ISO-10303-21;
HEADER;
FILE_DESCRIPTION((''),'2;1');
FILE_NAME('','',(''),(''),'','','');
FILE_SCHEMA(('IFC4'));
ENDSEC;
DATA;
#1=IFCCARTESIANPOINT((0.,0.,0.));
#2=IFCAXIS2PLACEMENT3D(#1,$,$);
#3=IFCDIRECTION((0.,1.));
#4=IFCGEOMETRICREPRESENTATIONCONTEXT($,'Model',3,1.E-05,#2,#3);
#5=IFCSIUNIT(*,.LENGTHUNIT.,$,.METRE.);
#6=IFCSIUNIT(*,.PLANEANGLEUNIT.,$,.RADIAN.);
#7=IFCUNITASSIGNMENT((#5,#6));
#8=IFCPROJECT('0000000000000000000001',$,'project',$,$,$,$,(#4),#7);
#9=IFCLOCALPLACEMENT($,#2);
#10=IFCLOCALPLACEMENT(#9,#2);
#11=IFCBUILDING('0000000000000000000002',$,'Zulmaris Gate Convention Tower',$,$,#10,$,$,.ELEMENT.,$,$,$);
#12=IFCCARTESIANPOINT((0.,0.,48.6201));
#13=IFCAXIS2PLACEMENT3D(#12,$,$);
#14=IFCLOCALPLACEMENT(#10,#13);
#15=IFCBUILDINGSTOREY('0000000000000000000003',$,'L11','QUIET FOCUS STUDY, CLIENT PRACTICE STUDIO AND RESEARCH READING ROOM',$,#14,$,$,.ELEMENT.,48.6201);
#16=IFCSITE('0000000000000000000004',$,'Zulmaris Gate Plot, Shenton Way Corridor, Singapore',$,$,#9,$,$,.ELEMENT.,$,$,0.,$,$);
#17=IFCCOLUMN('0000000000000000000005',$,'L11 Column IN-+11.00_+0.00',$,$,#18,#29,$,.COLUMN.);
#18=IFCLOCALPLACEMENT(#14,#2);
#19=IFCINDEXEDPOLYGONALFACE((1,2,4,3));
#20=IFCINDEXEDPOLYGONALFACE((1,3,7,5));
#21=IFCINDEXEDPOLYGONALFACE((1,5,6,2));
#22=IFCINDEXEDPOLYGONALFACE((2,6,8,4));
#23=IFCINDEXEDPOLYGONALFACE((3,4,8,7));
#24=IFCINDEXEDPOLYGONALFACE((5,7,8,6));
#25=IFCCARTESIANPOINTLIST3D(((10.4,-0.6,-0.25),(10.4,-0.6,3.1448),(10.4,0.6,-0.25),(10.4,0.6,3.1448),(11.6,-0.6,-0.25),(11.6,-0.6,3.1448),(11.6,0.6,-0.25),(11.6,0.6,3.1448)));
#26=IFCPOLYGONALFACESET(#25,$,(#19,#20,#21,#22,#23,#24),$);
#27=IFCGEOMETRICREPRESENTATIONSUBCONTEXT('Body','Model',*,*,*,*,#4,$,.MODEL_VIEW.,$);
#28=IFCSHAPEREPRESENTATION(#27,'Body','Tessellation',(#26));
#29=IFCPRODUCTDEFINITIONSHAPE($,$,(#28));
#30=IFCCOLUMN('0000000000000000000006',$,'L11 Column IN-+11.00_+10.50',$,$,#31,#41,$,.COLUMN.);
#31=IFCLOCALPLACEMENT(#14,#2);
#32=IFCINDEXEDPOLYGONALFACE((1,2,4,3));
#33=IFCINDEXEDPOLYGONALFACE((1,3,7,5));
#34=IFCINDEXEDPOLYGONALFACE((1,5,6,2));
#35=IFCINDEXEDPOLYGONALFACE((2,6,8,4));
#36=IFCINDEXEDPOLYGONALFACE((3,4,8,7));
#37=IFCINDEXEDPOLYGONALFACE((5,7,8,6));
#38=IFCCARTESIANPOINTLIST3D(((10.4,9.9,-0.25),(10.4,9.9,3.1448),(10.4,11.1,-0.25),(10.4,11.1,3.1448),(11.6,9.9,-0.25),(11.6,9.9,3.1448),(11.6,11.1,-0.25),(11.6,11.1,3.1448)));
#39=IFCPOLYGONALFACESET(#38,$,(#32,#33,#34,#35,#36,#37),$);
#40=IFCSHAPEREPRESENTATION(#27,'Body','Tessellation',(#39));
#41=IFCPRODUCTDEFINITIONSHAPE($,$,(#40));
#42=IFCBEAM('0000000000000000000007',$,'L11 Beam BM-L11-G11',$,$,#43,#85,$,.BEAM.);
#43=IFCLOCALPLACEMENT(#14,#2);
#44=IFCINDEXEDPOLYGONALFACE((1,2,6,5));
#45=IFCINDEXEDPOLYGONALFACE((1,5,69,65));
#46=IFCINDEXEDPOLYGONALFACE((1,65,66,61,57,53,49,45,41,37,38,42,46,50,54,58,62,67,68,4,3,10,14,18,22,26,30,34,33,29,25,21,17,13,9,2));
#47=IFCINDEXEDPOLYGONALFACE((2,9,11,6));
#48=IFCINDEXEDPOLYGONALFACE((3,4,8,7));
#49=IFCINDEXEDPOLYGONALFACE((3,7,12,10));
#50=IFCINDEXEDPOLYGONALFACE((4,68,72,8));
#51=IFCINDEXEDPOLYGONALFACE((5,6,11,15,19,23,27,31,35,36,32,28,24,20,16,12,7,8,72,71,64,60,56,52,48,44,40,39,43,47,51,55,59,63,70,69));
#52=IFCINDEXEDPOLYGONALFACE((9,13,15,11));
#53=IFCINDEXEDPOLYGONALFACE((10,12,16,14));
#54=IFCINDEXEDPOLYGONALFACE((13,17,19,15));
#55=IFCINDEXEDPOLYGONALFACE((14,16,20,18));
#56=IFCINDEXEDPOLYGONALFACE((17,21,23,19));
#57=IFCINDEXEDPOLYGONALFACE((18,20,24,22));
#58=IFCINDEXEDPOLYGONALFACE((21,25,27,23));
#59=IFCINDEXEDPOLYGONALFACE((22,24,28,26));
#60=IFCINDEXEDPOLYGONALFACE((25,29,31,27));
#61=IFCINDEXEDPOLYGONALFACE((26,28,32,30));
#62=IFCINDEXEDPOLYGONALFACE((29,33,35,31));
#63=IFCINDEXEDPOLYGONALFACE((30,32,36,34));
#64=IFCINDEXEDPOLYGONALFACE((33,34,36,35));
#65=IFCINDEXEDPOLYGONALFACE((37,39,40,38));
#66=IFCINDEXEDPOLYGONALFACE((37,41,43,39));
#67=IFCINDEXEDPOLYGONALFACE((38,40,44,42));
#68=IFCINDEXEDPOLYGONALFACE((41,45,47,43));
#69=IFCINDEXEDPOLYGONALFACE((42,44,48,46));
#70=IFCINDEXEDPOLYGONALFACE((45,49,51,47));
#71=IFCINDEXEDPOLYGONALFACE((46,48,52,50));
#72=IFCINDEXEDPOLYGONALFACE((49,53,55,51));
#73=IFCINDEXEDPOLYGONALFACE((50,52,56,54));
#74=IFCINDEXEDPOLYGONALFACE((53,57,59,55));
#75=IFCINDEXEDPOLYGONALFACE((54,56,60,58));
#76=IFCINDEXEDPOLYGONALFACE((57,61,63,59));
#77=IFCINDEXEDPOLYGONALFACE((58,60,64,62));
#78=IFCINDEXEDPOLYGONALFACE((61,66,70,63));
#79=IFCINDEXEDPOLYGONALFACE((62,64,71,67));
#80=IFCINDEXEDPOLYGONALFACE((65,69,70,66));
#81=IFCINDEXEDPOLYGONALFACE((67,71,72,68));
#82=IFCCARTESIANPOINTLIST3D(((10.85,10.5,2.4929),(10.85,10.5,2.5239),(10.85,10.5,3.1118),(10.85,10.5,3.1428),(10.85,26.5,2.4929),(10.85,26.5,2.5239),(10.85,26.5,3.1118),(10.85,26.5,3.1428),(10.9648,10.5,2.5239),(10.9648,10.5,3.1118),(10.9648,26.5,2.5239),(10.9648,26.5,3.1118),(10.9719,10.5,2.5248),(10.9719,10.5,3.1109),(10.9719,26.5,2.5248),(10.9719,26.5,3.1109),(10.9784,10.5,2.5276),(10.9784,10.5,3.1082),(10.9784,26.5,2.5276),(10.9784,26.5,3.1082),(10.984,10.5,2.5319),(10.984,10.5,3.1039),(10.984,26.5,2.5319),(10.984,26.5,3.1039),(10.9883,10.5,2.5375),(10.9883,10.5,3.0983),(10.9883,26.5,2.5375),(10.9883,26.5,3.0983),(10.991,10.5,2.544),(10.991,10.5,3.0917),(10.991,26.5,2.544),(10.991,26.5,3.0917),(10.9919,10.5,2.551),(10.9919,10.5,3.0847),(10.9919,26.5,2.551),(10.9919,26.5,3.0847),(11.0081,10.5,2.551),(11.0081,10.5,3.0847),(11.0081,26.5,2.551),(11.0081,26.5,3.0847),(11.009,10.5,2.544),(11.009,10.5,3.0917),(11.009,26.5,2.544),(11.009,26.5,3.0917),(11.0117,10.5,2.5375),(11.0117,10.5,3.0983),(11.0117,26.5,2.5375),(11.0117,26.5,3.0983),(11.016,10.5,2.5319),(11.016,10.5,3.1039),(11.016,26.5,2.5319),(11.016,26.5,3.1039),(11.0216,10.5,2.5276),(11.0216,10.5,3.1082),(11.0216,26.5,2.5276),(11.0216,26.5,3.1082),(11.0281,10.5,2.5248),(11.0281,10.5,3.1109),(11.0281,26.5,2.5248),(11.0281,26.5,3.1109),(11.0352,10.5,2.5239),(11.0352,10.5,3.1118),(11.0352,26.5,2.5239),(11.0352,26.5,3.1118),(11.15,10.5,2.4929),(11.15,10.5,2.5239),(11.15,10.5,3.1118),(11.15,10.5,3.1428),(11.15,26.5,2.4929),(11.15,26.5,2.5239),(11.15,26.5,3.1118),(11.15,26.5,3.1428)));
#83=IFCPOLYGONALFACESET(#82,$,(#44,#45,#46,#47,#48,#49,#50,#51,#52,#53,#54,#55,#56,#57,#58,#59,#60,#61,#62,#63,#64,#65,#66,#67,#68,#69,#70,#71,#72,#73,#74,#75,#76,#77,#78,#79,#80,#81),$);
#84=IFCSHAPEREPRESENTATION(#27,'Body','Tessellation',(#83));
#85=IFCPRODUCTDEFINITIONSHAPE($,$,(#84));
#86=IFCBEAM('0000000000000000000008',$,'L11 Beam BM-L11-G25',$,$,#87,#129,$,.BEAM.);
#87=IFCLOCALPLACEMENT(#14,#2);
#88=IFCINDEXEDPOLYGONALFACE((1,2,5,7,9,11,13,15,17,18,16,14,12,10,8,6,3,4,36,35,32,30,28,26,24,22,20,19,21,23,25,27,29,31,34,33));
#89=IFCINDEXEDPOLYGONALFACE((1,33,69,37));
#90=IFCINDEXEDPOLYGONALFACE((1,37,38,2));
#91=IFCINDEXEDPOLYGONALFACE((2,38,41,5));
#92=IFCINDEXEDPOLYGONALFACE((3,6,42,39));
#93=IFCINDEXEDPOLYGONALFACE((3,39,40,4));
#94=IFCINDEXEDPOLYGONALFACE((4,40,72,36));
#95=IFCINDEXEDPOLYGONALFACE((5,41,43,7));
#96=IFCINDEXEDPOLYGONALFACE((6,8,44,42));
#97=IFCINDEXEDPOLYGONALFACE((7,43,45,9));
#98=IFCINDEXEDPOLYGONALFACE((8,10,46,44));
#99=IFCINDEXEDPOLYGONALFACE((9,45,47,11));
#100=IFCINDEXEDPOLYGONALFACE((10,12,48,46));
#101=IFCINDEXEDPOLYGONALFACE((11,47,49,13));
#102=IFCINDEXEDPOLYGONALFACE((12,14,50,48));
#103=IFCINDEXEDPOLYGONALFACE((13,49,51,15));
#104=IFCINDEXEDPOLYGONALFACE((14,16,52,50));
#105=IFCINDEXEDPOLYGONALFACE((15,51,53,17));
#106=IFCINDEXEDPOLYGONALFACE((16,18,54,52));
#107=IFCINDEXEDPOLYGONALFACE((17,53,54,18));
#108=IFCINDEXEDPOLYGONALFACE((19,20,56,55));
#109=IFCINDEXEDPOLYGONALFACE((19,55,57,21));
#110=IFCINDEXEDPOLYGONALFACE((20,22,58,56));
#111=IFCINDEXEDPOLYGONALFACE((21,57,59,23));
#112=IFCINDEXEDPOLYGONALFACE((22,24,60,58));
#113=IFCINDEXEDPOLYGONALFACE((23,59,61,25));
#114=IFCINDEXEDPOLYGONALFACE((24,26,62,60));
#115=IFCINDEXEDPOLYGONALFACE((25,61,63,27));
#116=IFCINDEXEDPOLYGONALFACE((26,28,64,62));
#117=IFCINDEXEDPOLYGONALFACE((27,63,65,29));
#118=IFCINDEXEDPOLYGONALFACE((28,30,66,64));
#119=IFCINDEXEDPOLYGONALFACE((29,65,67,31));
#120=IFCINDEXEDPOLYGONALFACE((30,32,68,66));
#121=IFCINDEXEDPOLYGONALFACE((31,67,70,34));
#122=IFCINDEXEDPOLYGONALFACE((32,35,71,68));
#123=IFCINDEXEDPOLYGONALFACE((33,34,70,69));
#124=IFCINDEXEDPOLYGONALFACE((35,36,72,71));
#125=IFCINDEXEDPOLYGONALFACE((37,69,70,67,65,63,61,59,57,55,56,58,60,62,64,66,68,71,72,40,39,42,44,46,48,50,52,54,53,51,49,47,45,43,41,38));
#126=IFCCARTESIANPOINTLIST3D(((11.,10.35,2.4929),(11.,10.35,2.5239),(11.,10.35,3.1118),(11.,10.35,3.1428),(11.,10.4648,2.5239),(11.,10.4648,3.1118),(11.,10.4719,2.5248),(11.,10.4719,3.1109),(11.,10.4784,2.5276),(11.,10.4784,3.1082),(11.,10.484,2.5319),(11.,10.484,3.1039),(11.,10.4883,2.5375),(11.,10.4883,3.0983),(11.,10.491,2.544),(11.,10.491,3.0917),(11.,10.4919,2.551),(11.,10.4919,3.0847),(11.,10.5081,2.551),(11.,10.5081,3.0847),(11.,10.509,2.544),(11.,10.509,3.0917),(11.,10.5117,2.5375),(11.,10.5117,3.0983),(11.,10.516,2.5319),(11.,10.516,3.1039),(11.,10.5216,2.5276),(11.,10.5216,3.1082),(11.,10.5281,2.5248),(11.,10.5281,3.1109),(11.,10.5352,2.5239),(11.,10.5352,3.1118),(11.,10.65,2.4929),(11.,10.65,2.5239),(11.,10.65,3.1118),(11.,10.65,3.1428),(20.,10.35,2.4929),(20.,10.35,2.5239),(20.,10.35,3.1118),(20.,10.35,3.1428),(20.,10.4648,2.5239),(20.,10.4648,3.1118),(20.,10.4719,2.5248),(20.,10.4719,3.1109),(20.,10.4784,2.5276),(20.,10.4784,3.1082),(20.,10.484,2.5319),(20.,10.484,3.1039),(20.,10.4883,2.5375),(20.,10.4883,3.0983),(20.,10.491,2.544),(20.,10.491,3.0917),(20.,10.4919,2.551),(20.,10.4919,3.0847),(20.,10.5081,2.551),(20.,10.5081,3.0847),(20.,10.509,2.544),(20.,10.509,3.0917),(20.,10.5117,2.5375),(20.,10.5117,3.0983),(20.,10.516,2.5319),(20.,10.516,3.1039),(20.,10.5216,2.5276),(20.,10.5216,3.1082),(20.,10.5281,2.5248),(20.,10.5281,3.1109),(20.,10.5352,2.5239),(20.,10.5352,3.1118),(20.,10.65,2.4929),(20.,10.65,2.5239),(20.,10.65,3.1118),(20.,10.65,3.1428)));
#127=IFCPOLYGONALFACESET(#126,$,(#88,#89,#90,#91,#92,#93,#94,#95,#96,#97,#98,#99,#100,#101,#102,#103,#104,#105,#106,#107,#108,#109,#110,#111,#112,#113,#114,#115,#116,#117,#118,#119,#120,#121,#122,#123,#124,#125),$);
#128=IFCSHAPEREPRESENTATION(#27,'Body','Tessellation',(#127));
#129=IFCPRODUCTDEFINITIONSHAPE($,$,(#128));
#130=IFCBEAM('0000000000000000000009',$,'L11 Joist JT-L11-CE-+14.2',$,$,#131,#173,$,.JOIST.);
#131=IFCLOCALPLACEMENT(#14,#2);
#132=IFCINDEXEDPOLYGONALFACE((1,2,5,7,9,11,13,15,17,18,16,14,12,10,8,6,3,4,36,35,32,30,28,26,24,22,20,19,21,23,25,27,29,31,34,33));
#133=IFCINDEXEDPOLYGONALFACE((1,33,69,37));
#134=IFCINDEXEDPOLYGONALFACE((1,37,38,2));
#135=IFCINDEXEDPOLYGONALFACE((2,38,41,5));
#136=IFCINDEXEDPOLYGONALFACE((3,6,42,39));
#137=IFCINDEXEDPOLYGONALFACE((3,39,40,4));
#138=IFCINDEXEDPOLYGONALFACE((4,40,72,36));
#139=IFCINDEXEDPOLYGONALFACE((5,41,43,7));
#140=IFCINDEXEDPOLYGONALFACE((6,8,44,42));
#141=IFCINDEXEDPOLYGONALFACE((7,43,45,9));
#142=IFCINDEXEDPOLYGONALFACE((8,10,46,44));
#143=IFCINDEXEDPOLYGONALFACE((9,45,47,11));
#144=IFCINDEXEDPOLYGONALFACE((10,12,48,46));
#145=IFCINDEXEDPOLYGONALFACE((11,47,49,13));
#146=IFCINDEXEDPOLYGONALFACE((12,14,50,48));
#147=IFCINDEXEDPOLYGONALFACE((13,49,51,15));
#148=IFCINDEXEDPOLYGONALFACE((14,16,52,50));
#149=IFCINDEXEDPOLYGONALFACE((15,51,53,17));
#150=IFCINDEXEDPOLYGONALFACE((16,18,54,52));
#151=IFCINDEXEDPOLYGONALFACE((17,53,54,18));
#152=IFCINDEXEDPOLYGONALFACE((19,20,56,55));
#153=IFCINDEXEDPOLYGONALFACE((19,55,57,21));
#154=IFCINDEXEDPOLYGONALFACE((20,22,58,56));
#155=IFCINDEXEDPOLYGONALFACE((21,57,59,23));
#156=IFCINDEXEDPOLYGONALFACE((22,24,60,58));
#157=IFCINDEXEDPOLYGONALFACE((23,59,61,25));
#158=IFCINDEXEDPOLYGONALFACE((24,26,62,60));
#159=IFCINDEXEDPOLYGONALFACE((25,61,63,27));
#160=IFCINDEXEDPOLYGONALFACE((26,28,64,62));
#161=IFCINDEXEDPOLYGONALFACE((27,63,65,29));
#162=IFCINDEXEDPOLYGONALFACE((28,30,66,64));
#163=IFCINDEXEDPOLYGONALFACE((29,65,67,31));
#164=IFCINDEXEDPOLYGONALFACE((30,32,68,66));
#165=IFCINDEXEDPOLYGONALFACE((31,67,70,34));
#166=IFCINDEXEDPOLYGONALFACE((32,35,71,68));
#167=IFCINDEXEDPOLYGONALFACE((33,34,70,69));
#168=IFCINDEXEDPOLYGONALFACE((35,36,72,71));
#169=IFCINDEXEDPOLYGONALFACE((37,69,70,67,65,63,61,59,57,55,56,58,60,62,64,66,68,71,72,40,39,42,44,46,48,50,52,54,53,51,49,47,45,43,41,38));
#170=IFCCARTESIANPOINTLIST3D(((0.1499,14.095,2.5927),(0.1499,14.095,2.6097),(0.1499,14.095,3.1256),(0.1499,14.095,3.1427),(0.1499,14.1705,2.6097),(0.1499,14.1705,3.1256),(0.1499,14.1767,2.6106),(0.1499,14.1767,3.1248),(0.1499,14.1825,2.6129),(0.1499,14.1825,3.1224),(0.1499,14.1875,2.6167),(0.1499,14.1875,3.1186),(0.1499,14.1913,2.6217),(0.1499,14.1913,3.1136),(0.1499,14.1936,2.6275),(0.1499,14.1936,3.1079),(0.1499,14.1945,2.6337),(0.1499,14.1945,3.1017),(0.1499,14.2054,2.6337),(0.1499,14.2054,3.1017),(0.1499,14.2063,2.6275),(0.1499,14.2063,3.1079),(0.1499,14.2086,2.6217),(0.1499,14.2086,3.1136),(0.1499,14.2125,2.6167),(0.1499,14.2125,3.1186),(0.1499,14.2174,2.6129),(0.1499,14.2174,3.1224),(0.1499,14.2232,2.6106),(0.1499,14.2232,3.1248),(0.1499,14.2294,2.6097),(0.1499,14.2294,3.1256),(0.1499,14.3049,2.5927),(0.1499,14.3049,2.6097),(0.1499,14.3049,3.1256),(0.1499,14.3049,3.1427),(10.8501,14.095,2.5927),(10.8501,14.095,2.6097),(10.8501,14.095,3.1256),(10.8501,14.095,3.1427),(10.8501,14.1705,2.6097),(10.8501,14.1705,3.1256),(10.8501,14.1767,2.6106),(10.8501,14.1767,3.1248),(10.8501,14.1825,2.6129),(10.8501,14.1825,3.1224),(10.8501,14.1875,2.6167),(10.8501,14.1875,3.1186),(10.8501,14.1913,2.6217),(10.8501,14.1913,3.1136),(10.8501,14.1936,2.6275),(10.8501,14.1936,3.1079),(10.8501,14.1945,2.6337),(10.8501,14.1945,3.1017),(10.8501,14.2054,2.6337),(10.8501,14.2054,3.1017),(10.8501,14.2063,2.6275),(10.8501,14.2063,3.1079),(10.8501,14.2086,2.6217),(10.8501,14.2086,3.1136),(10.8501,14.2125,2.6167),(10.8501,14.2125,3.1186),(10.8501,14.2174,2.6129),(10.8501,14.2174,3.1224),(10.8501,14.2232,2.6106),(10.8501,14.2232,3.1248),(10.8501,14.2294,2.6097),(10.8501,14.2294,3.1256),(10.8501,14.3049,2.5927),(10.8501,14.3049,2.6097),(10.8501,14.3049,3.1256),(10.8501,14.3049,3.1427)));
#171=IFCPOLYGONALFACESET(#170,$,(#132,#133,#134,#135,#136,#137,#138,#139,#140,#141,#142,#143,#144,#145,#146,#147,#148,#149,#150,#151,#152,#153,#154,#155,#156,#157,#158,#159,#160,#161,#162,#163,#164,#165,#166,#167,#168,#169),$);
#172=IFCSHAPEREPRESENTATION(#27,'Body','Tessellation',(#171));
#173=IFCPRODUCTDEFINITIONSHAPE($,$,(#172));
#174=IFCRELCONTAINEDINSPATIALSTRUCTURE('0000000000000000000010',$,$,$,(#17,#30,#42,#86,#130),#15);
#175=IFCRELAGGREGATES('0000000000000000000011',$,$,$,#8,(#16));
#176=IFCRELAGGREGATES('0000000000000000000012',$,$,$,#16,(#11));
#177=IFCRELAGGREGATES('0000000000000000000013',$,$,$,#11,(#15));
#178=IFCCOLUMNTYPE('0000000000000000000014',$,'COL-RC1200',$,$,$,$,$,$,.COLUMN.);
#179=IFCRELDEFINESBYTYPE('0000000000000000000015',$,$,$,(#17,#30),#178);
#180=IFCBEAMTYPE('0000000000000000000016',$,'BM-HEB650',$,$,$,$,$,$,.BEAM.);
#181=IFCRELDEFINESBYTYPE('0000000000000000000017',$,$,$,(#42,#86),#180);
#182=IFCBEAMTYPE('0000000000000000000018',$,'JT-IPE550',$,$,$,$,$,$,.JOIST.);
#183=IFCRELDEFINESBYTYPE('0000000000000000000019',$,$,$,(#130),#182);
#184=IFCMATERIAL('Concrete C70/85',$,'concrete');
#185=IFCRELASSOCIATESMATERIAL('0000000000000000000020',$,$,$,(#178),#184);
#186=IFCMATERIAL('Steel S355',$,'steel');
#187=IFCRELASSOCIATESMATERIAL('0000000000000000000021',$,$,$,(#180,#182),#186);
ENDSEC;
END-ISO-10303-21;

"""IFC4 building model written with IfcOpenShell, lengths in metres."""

from ifc_helpers import new_model, si_unit, direction, frame, origin, origin_2d, place, context, subcontext, project, spatial, rectangle, i_section, extrude, material, material_profile, profile_set, type_object, element, save


model = new_model("IFC4")

# Units and contexts
model_context = context("Model", 3, precision=1e-05, world=origin(), true_north=direction((0.0, 1.0)))
body_context = subcontext(model_context, "Body", "Model", "MODEL_VIEW")
ifc_project = project(units=[si_unit("LENGTHUNIT", "METRE"), si_unit("PLANEANGLEUNIT", "RADIAN")], contexts=[model_context])

# Site, building, storey
site_placement = place(None, origin())
site = spatial("IfcSite", under=ifc_project, at=site_placement, Name="Zulmaris Gate Plot, Shenton Way Corridor, Singapore", CompositionType="ELEMENT", RefElevation=0.0)
building_placement = place(site_placement, origin())
building = spatial("IfcBuilding", under=site, at=building_placement, Name="Zulmaris Gate Convention Tower", CompositionType="ELEMENT")
storey_placement = place(building_placement, frame((0.0, 0.0, 48.6201)))
storey = spatial("IfcBuildingStorey", under=building, at=storey_placement, Name="L11", Description="QUIET FOCUS STUDY, CLIENT PRACTICE STUDIO AND RESEARCH READING ROOM", CompositionType="ELEMENT", Elevation=48.6201)

# Columns
ifc_material_1 = material(Name="Concrete C70/85", Category="concrete")
ifc_material_profile_1 = material_profile(ifc_material_1, rectangle(XDim=1.2, YDim=1.2, at=origin_2d()), Name="RC COL 1200x1200")
ifc_profile_set_1 = profile_set([ifc_material_profile_1], Name="Concrete C70/85")
column_type = type_object("IfcColumnType", Name="COL-RC1200", PredefinedType="COLUMN", material=ifc_profile_set_1)
for number, where, z_axis, x_axis, name in (
    (1, (11.0, 0.0, -0.25), (0.0, 0.0, 1.0), (1.0, 0.0, 0.0), "L11 Column IN-+11.00_+0.00"),
    (2, (11.0, 10.5, -0.25), (0.0, 0.0, 1.0), (1.0, 0.0, 0.0), "L11 Column IN-+11.00_+10.50"),
):
    element("IfcColumn", number, at=place(storey_placement, frame(where, z_axis=z_axis, x_axis=x_axis)), inside=storey, type_object=column_type, Name=name, PredefinedType="COLUMN", context=body_context, shape_type="SweptSolid", body=[
        extrude(rectangle(XDim=1.2, YDim=1.2, at=origin_2d()), origin(), (0.0, 0.0, 1.0), 3.3948),
    ])

# Beams
ifc_material_2 = material(Name="Steel S355", Category="steel")
ifc_material_profile_2 = material_profile(ifc_material_2, i_section(OverallWidth=0.3, OverallDepth=0.6499, WebThickness=0.0161, FlangeThickness=0.031, FilletRadius=0.0271, at=origin_2d()), Name="HEB 650")
ifc_profile_set_2 = profile_set([ifc_material_profile_2], Name="Steel S355")
beam_type_1 = type_object("IfcBeamType", Name="BM-HEB650", PredefinedType="BEAM", material=ifc_profile_set_2)
beam_1_placement = place(storey_placement, frame((11.0, 10.5, 2.8179), z_axis=(0.0, 1.0, 0.0), x_axis=(-1.0, 0.0, 0.0)))
element("IfcBeam", 3, at=beam_1_placement, inside=storey, type_object=beam_type_1, Name="L11 Beam BM-L11-G11", PredefinedType="BEAM", context=body_context, shape_type="SweptSolid", body=[
    extrude(i_section(OverallWidth=0.3, OverallDepth=0.6499, WebThickness=0.0161, FlangeThickness=0.031, FilletRadius=0.0271, at=origin_2d()), origin(), (0.0, 0.0, 1.0), 16.0),
])
beam_2_placement = place(storey_placement, frame((11.0, 10.5, 2.8179), z_axis=(1.0, 0.0, 0.0), x_axis=(0.0, 1.0, 0.0)))
element("IfcBeam", 4, at=beam_2_placement, inside=storey, type_object=beam_type_1, Name="L11 Beam BM-L11-G25", PredefinedType="BEAM", context=body_context, shape_type="SweptSolid", body=[
    extrude(i_section(OverallWidth=0.3, OverallDepth=0.6499, WebThickness=0.0161, FlangeThickness=0.031, FilletRadius=0.0271, at=origin_2d()), origin(), (0.0, 0.0, 1.0), 9.0),
])
ifc_material_profile_3 = material_profile(ifc_material_2, i_section(OverallWidth=0.21, OverallDepth=0.55, WebThickness=0.011, FlangeThickness=0.0171, FilletRadius=0.0239, at=origin_2d()), Name="IPE 550")
ifc_profile_set_3 = profile_set([ifc_material_profile_3], Name="Steel S355")
beam_type_2 = type_object("IfcBeamType", Name="JT-IPE550", PredefinedType="JOIST", material=ifc_profile_set_3)
for number, where, z_axis, x_axis, name in (
    (5, (0.1499, 14.2, 2.8677), (1.0, 0.0, 0.0), (0.0, 1.0, 0.0), "L11 Joist JT-L11-CE-+14.2"),
):
    element("IfcBeam", number, at=place(storey_placement, frame(where, z_axis=z_axis, x_axis=x_axis)), inside=storey, type_object=beam_type_2, Name=name, PredefinedType="JOIST", context=body_context, shape_type="SweptSolid", body=[
        extrude(i_section(OverallWidth=0.21, OverallDepth=0.55, WebThickness=0.011, FlangeThickness=0.0171, FilletRadius=0.0239, at=origin_2d()), origin(), (0.0, 0.0, 1.0), 10.7002),
    ])

save(model, "model.ifc")
